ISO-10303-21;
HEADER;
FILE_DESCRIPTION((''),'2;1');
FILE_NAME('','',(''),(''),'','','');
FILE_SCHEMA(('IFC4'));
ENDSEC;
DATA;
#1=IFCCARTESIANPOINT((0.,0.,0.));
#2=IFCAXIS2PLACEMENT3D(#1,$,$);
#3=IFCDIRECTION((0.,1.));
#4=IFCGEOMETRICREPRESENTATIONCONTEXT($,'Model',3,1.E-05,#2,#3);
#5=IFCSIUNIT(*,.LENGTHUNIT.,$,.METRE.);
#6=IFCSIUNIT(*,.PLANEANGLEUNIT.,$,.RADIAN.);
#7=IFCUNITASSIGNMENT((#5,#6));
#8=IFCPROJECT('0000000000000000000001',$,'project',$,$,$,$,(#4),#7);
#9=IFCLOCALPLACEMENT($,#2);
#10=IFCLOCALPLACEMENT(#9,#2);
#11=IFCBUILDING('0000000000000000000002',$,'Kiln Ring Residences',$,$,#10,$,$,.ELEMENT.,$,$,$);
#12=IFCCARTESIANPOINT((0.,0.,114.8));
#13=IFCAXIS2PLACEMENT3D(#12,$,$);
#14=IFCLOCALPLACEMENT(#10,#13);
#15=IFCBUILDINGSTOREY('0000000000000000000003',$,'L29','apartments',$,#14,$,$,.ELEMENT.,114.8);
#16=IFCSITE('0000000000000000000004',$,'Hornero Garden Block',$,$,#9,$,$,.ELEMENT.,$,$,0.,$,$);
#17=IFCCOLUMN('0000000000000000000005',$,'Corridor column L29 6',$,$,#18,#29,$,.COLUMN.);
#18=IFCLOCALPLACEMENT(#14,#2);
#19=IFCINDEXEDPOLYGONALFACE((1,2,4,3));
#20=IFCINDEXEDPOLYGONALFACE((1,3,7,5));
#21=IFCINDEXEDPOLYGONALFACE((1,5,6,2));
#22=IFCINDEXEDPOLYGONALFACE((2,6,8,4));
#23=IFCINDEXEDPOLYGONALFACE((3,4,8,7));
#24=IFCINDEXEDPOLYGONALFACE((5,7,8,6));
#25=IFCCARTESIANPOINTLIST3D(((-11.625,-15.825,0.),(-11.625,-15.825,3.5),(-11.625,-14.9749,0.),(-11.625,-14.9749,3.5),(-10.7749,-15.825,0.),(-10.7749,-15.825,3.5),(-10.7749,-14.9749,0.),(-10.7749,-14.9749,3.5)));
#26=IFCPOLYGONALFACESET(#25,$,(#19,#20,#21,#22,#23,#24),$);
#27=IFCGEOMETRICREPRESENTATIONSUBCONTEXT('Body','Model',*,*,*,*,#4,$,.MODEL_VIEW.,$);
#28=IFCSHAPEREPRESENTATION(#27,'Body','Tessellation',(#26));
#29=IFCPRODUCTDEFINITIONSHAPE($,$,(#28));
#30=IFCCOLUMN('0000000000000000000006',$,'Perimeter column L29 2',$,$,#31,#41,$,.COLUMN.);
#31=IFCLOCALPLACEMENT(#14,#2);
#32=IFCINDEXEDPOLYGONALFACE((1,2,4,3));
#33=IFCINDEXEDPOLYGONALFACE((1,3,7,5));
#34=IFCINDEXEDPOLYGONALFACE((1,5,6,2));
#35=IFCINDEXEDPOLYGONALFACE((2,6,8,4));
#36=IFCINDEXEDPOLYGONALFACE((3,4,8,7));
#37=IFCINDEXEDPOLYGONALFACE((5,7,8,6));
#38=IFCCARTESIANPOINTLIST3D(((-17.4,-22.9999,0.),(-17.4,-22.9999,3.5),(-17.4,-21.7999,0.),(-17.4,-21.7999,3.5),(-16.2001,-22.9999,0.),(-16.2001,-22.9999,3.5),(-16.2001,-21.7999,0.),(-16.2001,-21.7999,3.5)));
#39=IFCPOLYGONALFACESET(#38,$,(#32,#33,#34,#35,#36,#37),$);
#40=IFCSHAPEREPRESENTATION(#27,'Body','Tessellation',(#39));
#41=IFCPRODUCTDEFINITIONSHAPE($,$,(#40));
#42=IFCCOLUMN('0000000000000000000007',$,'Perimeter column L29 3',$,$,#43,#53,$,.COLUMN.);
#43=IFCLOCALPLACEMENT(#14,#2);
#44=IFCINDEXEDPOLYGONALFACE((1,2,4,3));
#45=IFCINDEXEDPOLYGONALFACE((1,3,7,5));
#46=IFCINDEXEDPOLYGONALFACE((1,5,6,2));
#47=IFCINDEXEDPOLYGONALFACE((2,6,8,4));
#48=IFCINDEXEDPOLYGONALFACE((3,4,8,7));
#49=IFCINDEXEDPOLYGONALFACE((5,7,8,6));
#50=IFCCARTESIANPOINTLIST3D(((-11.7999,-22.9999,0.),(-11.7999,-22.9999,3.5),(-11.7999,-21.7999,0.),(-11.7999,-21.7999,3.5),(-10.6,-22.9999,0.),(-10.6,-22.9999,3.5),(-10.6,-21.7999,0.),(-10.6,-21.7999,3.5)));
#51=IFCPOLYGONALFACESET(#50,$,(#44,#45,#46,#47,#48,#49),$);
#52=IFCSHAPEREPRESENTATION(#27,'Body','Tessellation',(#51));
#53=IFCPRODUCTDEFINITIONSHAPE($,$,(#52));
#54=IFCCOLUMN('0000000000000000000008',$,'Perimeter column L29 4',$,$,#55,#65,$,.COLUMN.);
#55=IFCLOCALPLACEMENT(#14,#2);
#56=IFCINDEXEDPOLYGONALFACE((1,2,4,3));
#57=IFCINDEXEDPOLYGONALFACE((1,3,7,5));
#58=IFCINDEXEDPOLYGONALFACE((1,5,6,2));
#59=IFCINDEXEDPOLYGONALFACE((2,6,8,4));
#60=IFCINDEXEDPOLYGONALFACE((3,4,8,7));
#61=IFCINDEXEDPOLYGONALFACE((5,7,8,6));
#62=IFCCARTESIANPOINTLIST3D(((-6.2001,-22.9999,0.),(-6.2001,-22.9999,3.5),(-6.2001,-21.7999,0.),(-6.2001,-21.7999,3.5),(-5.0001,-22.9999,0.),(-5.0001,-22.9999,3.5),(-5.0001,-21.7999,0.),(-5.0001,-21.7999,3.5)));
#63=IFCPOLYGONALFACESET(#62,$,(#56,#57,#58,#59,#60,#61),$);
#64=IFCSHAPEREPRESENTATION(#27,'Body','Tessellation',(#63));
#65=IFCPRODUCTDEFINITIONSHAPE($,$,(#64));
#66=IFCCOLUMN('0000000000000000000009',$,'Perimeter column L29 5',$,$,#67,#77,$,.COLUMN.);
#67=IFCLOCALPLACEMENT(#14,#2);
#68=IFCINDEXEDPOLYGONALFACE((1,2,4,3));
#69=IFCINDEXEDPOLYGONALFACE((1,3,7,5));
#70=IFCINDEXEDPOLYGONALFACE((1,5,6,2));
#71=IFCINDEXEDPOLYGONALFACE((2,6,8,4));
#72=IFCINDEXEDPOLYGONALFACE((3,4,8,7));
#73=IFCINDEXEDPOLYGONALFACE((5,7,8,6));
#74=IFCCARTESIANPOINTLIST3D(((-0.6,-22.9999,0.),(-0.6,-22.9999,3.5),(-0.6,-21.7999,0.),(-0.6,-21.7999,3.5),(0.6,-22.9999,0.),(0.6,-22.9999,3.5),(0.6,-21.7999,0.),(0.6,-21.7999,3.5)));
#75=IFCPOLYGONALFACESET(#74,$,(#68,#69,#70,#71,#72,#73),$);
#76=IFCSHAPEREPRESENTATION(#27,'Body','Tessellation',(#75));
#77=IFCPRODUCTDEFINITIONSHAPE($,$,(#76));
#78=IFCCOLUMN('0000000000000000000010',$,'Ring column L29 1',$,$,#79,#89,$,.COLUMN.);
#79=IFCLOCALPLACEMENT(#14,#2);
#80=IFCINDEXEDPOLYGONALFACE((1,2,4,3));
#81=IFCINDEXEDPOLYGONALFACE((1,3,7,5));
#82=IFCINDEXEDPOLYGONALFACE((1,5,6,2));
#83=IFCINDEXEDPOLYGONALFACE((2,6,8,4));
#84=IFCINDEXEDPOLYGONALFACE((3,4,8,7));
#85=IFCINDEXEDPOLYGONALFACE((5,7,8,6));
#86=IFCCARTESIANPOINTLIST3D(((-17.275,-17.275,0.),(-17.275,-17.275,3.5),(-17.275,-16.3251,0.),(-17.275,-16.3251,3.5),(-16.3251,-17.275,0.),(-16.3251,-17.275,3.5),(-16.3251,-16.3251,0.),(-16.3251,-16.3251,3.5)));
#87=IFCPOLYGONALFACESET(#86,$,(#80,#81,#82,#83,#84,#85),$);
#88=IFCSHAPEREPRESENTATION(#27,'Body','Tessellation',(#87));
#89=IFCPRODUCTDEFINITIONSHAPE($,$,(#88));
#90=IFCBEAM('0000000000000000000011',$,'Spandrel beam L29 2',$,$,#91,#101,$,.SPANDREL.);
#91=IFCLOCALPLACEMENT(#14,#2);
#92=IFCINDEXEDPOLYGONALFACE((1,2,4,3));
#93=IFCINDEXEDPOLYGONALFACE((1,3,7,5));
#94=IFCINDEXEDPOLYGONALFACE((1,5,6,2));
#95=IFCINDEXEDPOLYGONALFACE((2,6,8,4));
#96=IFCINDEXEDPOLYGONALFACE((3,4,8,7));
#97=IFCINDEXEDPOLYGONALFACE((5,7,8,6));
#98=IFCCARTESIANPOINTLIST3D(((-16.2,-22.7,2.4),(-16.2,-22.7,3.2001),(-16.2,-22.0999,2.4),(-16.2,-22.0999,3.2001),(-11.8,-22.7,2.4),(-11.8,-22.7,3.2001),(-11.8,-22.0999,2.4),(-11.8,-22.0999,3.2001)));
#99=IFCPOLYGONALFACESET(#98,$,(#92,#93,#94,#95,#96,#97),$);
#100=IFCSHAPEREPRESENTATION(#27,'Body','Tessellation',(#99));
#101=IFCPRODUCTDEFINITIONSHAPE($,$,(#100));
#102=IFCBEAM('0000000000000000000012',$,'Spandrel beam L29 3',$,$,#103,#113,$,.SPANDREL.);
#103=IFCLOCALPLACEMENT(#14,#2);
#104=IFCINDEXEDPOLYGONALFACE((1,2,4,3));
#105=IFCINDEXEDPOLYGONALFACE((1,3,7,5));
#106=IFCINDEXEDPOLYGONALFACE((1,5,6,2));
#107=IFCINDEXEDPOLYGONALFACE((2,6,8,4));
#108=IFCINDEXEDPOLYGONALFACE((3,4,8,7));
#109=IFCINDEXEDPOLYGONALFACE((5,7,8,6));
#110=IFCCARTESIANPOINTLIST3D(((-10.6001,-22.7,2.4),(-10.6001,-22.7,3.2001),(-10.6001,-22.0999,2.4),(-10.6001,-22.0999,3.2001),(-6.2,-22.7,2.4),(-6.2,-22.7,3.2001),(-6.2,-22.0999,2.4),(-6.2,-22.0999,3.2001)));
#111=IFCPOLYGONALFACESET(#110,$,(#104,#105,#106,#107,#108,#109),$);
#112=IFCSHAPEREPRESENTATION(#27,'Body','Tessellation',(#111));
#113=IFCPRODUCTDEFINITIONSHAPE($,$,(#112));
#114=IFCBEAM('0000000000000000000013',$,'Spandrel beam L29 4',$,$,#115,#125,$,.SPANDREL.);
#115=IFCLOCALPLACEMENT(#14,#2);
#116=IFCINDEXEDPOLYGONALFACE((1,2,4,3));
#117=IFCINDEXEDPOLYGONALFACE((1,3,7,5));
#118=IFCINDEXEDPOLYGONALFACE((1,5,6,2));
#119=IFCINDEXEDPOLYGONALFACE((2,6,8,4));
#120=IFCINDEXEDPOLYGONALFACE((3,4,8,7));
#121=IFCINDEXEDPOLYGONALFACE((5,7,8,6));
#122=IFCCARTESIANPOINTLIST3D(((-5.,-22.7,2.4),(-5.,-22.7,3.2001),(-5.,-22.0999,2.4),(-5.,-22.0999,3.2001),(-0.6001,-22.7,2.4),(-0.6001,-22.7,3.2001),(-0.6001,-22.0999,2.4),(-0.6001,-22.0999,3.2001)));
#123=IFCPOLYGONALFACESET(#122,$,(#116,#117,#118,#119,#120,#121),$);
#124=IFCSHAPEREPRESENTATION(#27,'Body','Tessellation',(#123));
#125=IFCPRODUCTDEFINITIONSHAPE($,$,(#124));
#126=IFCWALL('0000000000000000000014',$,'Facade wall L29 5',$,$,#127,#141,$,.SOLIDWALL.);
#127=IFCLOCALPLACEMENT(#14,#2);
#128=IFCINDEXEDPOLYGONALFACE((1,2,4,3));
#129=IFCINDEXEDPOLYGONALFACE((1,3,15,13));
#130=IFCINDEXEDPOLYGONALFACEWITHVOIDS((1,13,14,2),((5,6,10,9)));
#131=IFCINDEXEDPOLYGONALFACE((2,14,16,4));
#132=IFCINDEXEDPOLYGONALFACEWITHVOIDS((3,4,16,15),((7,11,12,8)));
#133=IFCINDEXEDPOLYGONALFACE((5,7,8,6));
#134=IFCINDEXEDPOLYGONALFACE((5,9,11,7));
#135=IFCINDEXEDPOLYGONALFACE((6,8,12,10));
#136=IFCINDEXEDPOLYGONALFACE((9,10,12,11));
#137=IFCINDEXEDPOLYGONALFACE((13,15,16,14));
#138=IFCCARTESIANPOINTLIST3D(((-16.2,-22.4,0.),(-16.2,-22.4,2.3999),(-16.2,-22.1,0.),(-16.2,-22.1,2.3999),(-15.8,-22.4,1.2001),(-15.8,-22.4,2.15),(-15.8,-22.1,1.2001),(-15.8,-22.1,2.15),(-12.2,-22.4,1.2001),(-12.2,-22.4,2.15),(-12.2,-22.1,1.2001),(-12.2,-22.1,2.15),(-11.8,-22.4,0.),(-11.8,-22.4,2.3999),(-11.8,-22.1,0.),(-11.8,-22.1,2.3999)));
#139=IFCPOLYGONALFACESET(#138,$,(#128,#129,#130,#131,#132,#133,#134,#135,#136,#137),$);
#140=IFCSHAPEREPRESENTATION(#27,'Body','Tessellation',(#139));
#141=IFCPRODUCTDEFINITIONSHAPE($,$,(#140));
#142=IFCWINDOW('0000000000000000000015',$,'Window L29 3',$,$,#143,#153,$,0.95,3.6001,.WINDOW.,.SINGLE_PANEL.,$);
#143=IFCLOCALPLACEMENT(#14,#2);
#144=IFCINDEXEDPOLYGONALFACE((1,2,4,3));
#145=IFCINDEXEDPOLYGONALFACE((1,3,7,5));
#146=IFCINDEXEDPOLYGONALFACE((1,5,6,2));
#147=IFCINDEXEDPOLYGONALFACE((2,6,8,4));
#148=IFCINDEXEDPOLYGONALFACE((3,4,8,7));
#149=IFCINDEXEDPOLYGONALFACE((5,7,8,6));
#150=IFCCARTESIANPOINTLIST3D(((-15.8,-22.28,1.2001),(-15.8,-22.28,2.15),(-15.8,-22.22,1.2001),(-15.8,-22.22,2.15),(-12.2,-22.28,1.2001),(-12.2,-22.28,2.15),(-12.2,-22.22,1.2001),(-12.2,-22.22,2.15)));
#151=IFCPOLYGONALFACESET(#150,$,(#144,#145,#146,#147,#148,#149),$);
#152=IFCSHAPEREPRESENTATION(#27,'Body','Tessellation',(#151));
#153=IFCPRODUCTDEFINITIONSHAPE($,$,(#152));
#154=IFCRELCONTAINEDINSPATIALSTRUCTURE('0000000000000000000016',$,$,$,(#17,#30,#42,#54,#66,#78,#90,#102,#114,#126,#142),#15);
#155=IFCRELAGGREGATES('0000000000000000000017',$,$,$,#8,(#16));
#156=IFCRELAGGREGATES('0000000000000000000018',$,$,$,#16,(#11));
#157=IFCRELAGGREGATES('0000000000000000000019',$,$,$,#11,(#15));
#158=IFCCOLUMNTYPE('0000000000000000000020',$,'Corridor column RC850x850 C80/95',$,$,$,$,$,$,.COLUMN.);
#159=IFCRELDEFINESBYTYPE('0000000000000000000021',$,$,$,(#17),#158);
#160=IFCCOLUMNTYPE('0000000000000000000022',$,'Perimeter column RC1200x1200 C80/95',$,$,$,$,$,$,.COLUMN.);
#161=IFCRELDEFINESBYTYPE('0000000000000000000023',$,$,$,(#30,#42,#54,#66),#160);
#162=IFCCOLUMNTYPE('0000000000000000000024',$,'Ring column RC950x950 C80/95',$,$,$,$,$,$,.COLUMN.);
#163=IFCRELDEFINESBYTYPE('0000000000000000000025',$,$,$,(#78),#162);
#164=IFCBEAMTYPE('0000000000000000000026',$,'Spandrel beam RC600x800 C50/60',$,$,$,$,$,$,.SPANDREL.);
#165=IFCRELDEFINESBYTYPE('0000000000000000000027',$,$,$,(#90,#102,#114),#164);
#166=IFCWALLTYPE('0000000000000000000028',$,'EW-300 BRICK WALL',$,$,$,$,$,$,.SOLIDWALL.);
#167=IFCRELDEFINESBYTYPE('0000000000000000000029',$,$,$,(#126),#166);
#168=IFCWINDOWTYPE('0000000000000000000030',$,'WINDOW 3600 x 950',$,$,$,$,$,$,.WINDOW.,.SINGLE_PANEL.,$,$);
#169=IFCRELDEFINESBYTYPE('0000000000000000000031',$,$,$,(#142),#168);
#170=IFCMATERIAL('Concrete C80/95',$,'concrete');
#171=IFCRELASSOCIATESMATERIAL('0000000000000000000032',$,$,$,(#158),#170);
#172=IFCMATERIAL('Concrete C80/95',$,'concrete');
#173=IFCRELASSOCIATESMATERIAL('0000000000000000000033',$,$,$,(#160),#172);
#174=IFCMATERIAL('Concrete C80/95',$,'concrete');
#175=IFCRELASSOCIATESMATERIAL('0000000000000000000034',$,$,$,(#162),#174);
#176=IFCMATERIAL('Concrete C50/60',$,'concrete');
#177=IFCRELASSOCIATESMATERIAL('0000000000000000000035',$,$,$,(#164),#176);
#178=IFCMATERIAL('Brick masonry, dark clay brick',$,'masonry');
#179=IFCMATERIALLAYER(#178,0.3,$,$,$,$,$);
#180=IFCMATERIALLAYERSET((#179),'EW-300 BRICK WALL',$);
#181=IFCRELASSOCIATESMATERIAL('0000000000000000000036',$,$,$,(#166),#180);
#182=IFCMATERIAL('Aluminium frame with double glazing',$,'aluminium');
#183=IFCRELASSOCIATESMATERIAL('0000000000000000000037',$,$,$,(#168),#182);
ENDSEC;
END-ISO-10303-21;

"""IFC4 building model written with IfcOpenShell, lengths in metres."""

from ifc_helpers import new_model, si_unit, direction, frame, frame_2d, origin, origin_2d, place, context, subcontext, project, spatial, rectangle, extrude, material, layer, layer_set, material_profile, profile_set, type_object, element, fill, save


model = new_model("IFC4")

# Units and contexts
model_context = context("Model", 3, precision=1e-05, world=origin(), true_north=direction((0.0, 1.0)))
body_context = subcontext(model_context, "Body", "Model", "MODEL_VIEW")
ifc_project = project(units=[si_unit("LENGTHUNIT", "METRE"), si_unit("PLANEANGLEUNIT", "RADIAN")], contexts=[model_context])

# Site, building, storey
site_placement = place(None, origin())
site = spatial("IfcSite", under=ifc_project, at=site_placement, Name="Hornero Garden Block", CompositionType="ELEMENT", RefElevation=0.0)
building_placement = place(site_placement, origin())
building = spatial("IfcBuilding", under=site, at=building_placement, Name="Kiln Ring Residences", CompositionType="ELEMENT")
storey_placement = place(building_placement, frame((0.0, 0.0, 114.8)))
storey = spatial("IfcBuildingStorey", under=building, at=storey_placement, Name="L29", Description="apartments", CompositionType="ELEMENT", Elevation=114.8)

# Columns
ifc_material_1 = material(Name="Concrete C80/95", Category="concrete")
ifc_material_profile_1 = material_profile(ifc_material_1, rectangle(XDim=0.8501, YDim=0.8501, at=origin_2d()), Name="RC850x850")
ifc_profile_set_1 = profile_set([ifc_material_profile_1], Name="Concrete C80/95")
column_type_1 = type_object("IfcColumnType", Name="Corridor column RC850x850 C80/95", PredefinedType="COLUMN", material=ifc_profile_set_1)
column_1_placement = place(storey_placement, frame((-11.2, -15.3999, 0.0), z_axis=(0.0, 0.0, 1.0), x_axis=(1.0, 0.0, 0.0)))
element("IfcColumn", 1, at=column_1_placement, inside=storey, type_object=column_type_1, Name="Corridor column L29 6", PredefinedType="COLUMN", context=body_context, shape_type="SweptSolid", body=[
    extrude(rectangle(XDim=0.8501, YDim=0.8501, at=origin_2d()), origin(), (0.0, 0.0, 1.0), 3.5),
])
ifc_material_2 = material(Name="Concrete C80/95", Category="concrete")
ifc_material_profile_2 = material_profile(ifc_material_2, rectangle(XDim=1.2, YDim=1.2, at=origin_2d()), Name="RC1200x1200")
ifc_profile_set_2 = profile_set([ifc_material_profile_2], Name="Concrete C80/95")
column_type_2 = type_object("IfcColumnType", Name="Perimeter column RC1200x1200 C80/95", PredefinedType="COLUMN", material=ifc_profile_set_2)
for number, where, z_axis, x_axis, name in (
    (2, (-16.8, -22.3999, 0.0), (0.0, 0.0, 1.0), (1.0, 0.0, 0.0), "Perimeter column L29 2"),
    (3, (-11.2, -22.3999, 0.0), (0.0, 0.0, 1.0), (1.0, 0.0, 0.0), "Perimeter column L29 3"),
    (4, (-5.6001, -22.3999, 0.0), (0.0, 0.0, 1.0), (1.0, 0.0, 0.0), "Perimeter column L29 4"),
    (5, (0.0, -22.3999, 0.0), (0.0, 0.0, 1.0), (1.0, 0.0, 0.0), "Perimeter column L29 5"),
):
    element("IfcColumn", number, at=place(storey_placement, frame(where, z_axis=z_axis, x_axis=x_axis)), inside=storey, type_object=column_type_2, Name=name, PredefinedType="COLUMN", context=body_context, shape_type="SweptSolid", body=[
        extrude(rectangle(XDim=1.2, YDim=1.2, at=origin_2d()), origin(), (0.0, 0.0, 1.0), 3.5),
    ])
ifc_material_3 = material(Name="Concrete C80/95", Category="concrete")
ifc_material_profile_3 = material_profile(ifc_material_3, rectangle(XDim=0.95, YDim=0.95, at=origin_2d()), Name="RC950x950")
ifc_profile_set_3 = profile_set([ifc_material_profile_3], Name="Concrete C80/95")
column_type_3 = type_object("IfcColumnType", Name="Ring column RC950x950 C80/95", PredefinedType="COLUMN", material=ifc_profile_set_3)
column_2_placement = place(storey_placement, frame((-16.8, -16.8, 0.0), z_axis=(0.0, 0.0, 1.0), x_axis=(1.0, 0.0, 0.0)))
element("IfcColumn", 6, at=column_2_placement, inside=storey, type_object=column_type_3, Name="Ring column L29 1", PredefinedType="COLUMN", context=body_context, shape_type="SweptSolid", body=[
    extrude(rectangle(XDim=0.95, YDim=0.95, at=origin_2d()), origin(), (0.0, 0.0, 1.0), 3.5),
])

# Beams
ifc_material_4 = material(Name="Concrete C50/60", Category="concrete")
ifc_material_profile_4 = material_profile(ifc_material_4, rectangle(XDim=0.6001, YDim=0.8, at=origin_2d()), Name="RC600x800")
ifc_profile_set_4 = profile_set([ifc_material_profile_4], Name="Concrete C50/60")
beam_type = type_object("IfcBeamType", Name="Spandrel beam RC600x800 C50/60", PredefinedType="SPANDREL", material=ifc_profile_set_4)
beam_1_placement = place(storey_placement, frame((-16.2, -22.3999, 2.8), z_axis=(1.0, 0.0, 0.0), x_axis=(0.0, 1.0, 0.0)))
element("IfcBeam", 7, at=beam_1_placement, inside=storey, type_object=beam_type, Name="Spandrel beam L29 2", PredefinedType="SPANDREL", context=body_context, shape_type="SweptSolid", body=[
    extrude(rectangle(XDim=0.6001, YDim=0.8, at=origin_2d()), origin(), (0.0, 0.0, 1.0), 4.3999),
])
beam_2_placement = place(storey_placement, frame((-10.6001, -22.3999, 2.8), z_axis=(1.0, 0.0, 0.0), x_axis=(0.0, 1.0, 0.0)))
element("IfcBeam", 8, at=beam_2_placement, inside=storey, type_object=beam_type, Name="Spandrel beam L29 3", PredefinedType="SPANDREL", context=body_context, shape_type="SweptSolid", body=[
    extrude(rectangle(XDim=0.6001, YDim=0.8, at=origin_2d()), origin(), (0.0, 0.0, 1.0), 4.4001),
])
beam_3_placement = place(storey_placement, frame((-5.0, -22.3999, 2.8), z_axis=(1.0, 0.0, 0.0), x_axis=(0.0, 1.0, 0.0)))
element("IfcBeam", 9, at=beam_3_placement, inside=storey, type_object=beam_type, Name="Spandrel beam L29 4", PredefinedType="SPANDREL", context=body_context, shape_type="SweptSolid", body=[
    extrude(rectangle(XDim=0.6001, YDim=0.8, at=origin_2d()), origin(), (0.0, 0.0, 1.0), 4.3999),
])

# Wall, opening, window
ifc_material_5 = material(Name="Brick masonry, dark clay brick", Category="masonry")
ifc_layer_1 = layer(ifc_material_5, 0.3)
ifc_layer_set_1 = layer_set([ifc_layer_1], Name="EW-300 BRICK WALL")
wall_type_1 = type_object("IfcWallType", Name="EW-300 BRICK WALL", PredefinedType="SOLIDWALL", material=ifc_layer_set_1)
wall_1_placement = place(storey_placement, frame((-16.2, -22.25, 0.0), z_axis=(0.0, 0.0, 1.0), x_axis=(1.0, 0.0, 0.0)))
wall_1 = element("IfcWall", 10, at=wall_1_placement, inside=storey, type_object=wall_type_1, Name="Facade wall L29 5", PredefinedType="SOLIDWALL", context=body_context, shape_type="SweptSolid", body=[
    extrude(rectangle(XDim=4.3999, YDim=0.3, at=frame_2d((2.2, 0.0))), origin(), (0.0, 0.0, 1.0), 2.3999),
])
opening_1_placement = place(wall_1_placement, frame((0.3999, 0.0, 1.2)))
opening_1 = element("IfcOpeningElement", 11, at=opening_1_placement, cuts=wall_1, PredefinedType="OPENING", context=body_context, shape_type="SweptSolid", body=[
    extrude(rectangle(XDim=3.6001, YDim=0.95, at=frame_2d((1.8, 0.4751))), frame((0.0, 0.1599, 0.0), z_axis=(0.0, -1.0, 0.0), x_axis=(1.0, 0.0, 0.0)), (0.0, 0.0, 1.0), 0.3201),
])
ifc_material_6 = material(Name="Aluminium frame with double glazing", Category="aluminium")
window_type_1 = type_object("IfcWindowType", Name="WINDOW 3600 x 950", PartitioningType="SINGLE_PANEL", PredefinedType="WINDOW", material=ifc_material_6)
window_1_placement = place(opening_1_placement, origin())
window_1 = element("IfcWindow", 12, at=window_1_placement, inside=storey, type_object=window_type_1, Name="Window L29 3", OverallHeight=0.95, OverallWidth=3.6001, PartitioningType="SINGLE_PANEL", PredefinedType="WINDOW", context=body_context, shape_type="SweptSolid", body=[
    extrude(rectangle(XDim=3.6001, YDim=0.95, at=frame_2d((1.8, 0.4751))), frame((0.0, 0.03, 0.0), z_axis=(0.0, -1.0, 0.0), x_axis=(1.0, 0.0, 0.0)), (0.0, 0.0, 1.0), 0.0601),
])
fill(opening_1, window_1)

save(model, "model.ifc")
